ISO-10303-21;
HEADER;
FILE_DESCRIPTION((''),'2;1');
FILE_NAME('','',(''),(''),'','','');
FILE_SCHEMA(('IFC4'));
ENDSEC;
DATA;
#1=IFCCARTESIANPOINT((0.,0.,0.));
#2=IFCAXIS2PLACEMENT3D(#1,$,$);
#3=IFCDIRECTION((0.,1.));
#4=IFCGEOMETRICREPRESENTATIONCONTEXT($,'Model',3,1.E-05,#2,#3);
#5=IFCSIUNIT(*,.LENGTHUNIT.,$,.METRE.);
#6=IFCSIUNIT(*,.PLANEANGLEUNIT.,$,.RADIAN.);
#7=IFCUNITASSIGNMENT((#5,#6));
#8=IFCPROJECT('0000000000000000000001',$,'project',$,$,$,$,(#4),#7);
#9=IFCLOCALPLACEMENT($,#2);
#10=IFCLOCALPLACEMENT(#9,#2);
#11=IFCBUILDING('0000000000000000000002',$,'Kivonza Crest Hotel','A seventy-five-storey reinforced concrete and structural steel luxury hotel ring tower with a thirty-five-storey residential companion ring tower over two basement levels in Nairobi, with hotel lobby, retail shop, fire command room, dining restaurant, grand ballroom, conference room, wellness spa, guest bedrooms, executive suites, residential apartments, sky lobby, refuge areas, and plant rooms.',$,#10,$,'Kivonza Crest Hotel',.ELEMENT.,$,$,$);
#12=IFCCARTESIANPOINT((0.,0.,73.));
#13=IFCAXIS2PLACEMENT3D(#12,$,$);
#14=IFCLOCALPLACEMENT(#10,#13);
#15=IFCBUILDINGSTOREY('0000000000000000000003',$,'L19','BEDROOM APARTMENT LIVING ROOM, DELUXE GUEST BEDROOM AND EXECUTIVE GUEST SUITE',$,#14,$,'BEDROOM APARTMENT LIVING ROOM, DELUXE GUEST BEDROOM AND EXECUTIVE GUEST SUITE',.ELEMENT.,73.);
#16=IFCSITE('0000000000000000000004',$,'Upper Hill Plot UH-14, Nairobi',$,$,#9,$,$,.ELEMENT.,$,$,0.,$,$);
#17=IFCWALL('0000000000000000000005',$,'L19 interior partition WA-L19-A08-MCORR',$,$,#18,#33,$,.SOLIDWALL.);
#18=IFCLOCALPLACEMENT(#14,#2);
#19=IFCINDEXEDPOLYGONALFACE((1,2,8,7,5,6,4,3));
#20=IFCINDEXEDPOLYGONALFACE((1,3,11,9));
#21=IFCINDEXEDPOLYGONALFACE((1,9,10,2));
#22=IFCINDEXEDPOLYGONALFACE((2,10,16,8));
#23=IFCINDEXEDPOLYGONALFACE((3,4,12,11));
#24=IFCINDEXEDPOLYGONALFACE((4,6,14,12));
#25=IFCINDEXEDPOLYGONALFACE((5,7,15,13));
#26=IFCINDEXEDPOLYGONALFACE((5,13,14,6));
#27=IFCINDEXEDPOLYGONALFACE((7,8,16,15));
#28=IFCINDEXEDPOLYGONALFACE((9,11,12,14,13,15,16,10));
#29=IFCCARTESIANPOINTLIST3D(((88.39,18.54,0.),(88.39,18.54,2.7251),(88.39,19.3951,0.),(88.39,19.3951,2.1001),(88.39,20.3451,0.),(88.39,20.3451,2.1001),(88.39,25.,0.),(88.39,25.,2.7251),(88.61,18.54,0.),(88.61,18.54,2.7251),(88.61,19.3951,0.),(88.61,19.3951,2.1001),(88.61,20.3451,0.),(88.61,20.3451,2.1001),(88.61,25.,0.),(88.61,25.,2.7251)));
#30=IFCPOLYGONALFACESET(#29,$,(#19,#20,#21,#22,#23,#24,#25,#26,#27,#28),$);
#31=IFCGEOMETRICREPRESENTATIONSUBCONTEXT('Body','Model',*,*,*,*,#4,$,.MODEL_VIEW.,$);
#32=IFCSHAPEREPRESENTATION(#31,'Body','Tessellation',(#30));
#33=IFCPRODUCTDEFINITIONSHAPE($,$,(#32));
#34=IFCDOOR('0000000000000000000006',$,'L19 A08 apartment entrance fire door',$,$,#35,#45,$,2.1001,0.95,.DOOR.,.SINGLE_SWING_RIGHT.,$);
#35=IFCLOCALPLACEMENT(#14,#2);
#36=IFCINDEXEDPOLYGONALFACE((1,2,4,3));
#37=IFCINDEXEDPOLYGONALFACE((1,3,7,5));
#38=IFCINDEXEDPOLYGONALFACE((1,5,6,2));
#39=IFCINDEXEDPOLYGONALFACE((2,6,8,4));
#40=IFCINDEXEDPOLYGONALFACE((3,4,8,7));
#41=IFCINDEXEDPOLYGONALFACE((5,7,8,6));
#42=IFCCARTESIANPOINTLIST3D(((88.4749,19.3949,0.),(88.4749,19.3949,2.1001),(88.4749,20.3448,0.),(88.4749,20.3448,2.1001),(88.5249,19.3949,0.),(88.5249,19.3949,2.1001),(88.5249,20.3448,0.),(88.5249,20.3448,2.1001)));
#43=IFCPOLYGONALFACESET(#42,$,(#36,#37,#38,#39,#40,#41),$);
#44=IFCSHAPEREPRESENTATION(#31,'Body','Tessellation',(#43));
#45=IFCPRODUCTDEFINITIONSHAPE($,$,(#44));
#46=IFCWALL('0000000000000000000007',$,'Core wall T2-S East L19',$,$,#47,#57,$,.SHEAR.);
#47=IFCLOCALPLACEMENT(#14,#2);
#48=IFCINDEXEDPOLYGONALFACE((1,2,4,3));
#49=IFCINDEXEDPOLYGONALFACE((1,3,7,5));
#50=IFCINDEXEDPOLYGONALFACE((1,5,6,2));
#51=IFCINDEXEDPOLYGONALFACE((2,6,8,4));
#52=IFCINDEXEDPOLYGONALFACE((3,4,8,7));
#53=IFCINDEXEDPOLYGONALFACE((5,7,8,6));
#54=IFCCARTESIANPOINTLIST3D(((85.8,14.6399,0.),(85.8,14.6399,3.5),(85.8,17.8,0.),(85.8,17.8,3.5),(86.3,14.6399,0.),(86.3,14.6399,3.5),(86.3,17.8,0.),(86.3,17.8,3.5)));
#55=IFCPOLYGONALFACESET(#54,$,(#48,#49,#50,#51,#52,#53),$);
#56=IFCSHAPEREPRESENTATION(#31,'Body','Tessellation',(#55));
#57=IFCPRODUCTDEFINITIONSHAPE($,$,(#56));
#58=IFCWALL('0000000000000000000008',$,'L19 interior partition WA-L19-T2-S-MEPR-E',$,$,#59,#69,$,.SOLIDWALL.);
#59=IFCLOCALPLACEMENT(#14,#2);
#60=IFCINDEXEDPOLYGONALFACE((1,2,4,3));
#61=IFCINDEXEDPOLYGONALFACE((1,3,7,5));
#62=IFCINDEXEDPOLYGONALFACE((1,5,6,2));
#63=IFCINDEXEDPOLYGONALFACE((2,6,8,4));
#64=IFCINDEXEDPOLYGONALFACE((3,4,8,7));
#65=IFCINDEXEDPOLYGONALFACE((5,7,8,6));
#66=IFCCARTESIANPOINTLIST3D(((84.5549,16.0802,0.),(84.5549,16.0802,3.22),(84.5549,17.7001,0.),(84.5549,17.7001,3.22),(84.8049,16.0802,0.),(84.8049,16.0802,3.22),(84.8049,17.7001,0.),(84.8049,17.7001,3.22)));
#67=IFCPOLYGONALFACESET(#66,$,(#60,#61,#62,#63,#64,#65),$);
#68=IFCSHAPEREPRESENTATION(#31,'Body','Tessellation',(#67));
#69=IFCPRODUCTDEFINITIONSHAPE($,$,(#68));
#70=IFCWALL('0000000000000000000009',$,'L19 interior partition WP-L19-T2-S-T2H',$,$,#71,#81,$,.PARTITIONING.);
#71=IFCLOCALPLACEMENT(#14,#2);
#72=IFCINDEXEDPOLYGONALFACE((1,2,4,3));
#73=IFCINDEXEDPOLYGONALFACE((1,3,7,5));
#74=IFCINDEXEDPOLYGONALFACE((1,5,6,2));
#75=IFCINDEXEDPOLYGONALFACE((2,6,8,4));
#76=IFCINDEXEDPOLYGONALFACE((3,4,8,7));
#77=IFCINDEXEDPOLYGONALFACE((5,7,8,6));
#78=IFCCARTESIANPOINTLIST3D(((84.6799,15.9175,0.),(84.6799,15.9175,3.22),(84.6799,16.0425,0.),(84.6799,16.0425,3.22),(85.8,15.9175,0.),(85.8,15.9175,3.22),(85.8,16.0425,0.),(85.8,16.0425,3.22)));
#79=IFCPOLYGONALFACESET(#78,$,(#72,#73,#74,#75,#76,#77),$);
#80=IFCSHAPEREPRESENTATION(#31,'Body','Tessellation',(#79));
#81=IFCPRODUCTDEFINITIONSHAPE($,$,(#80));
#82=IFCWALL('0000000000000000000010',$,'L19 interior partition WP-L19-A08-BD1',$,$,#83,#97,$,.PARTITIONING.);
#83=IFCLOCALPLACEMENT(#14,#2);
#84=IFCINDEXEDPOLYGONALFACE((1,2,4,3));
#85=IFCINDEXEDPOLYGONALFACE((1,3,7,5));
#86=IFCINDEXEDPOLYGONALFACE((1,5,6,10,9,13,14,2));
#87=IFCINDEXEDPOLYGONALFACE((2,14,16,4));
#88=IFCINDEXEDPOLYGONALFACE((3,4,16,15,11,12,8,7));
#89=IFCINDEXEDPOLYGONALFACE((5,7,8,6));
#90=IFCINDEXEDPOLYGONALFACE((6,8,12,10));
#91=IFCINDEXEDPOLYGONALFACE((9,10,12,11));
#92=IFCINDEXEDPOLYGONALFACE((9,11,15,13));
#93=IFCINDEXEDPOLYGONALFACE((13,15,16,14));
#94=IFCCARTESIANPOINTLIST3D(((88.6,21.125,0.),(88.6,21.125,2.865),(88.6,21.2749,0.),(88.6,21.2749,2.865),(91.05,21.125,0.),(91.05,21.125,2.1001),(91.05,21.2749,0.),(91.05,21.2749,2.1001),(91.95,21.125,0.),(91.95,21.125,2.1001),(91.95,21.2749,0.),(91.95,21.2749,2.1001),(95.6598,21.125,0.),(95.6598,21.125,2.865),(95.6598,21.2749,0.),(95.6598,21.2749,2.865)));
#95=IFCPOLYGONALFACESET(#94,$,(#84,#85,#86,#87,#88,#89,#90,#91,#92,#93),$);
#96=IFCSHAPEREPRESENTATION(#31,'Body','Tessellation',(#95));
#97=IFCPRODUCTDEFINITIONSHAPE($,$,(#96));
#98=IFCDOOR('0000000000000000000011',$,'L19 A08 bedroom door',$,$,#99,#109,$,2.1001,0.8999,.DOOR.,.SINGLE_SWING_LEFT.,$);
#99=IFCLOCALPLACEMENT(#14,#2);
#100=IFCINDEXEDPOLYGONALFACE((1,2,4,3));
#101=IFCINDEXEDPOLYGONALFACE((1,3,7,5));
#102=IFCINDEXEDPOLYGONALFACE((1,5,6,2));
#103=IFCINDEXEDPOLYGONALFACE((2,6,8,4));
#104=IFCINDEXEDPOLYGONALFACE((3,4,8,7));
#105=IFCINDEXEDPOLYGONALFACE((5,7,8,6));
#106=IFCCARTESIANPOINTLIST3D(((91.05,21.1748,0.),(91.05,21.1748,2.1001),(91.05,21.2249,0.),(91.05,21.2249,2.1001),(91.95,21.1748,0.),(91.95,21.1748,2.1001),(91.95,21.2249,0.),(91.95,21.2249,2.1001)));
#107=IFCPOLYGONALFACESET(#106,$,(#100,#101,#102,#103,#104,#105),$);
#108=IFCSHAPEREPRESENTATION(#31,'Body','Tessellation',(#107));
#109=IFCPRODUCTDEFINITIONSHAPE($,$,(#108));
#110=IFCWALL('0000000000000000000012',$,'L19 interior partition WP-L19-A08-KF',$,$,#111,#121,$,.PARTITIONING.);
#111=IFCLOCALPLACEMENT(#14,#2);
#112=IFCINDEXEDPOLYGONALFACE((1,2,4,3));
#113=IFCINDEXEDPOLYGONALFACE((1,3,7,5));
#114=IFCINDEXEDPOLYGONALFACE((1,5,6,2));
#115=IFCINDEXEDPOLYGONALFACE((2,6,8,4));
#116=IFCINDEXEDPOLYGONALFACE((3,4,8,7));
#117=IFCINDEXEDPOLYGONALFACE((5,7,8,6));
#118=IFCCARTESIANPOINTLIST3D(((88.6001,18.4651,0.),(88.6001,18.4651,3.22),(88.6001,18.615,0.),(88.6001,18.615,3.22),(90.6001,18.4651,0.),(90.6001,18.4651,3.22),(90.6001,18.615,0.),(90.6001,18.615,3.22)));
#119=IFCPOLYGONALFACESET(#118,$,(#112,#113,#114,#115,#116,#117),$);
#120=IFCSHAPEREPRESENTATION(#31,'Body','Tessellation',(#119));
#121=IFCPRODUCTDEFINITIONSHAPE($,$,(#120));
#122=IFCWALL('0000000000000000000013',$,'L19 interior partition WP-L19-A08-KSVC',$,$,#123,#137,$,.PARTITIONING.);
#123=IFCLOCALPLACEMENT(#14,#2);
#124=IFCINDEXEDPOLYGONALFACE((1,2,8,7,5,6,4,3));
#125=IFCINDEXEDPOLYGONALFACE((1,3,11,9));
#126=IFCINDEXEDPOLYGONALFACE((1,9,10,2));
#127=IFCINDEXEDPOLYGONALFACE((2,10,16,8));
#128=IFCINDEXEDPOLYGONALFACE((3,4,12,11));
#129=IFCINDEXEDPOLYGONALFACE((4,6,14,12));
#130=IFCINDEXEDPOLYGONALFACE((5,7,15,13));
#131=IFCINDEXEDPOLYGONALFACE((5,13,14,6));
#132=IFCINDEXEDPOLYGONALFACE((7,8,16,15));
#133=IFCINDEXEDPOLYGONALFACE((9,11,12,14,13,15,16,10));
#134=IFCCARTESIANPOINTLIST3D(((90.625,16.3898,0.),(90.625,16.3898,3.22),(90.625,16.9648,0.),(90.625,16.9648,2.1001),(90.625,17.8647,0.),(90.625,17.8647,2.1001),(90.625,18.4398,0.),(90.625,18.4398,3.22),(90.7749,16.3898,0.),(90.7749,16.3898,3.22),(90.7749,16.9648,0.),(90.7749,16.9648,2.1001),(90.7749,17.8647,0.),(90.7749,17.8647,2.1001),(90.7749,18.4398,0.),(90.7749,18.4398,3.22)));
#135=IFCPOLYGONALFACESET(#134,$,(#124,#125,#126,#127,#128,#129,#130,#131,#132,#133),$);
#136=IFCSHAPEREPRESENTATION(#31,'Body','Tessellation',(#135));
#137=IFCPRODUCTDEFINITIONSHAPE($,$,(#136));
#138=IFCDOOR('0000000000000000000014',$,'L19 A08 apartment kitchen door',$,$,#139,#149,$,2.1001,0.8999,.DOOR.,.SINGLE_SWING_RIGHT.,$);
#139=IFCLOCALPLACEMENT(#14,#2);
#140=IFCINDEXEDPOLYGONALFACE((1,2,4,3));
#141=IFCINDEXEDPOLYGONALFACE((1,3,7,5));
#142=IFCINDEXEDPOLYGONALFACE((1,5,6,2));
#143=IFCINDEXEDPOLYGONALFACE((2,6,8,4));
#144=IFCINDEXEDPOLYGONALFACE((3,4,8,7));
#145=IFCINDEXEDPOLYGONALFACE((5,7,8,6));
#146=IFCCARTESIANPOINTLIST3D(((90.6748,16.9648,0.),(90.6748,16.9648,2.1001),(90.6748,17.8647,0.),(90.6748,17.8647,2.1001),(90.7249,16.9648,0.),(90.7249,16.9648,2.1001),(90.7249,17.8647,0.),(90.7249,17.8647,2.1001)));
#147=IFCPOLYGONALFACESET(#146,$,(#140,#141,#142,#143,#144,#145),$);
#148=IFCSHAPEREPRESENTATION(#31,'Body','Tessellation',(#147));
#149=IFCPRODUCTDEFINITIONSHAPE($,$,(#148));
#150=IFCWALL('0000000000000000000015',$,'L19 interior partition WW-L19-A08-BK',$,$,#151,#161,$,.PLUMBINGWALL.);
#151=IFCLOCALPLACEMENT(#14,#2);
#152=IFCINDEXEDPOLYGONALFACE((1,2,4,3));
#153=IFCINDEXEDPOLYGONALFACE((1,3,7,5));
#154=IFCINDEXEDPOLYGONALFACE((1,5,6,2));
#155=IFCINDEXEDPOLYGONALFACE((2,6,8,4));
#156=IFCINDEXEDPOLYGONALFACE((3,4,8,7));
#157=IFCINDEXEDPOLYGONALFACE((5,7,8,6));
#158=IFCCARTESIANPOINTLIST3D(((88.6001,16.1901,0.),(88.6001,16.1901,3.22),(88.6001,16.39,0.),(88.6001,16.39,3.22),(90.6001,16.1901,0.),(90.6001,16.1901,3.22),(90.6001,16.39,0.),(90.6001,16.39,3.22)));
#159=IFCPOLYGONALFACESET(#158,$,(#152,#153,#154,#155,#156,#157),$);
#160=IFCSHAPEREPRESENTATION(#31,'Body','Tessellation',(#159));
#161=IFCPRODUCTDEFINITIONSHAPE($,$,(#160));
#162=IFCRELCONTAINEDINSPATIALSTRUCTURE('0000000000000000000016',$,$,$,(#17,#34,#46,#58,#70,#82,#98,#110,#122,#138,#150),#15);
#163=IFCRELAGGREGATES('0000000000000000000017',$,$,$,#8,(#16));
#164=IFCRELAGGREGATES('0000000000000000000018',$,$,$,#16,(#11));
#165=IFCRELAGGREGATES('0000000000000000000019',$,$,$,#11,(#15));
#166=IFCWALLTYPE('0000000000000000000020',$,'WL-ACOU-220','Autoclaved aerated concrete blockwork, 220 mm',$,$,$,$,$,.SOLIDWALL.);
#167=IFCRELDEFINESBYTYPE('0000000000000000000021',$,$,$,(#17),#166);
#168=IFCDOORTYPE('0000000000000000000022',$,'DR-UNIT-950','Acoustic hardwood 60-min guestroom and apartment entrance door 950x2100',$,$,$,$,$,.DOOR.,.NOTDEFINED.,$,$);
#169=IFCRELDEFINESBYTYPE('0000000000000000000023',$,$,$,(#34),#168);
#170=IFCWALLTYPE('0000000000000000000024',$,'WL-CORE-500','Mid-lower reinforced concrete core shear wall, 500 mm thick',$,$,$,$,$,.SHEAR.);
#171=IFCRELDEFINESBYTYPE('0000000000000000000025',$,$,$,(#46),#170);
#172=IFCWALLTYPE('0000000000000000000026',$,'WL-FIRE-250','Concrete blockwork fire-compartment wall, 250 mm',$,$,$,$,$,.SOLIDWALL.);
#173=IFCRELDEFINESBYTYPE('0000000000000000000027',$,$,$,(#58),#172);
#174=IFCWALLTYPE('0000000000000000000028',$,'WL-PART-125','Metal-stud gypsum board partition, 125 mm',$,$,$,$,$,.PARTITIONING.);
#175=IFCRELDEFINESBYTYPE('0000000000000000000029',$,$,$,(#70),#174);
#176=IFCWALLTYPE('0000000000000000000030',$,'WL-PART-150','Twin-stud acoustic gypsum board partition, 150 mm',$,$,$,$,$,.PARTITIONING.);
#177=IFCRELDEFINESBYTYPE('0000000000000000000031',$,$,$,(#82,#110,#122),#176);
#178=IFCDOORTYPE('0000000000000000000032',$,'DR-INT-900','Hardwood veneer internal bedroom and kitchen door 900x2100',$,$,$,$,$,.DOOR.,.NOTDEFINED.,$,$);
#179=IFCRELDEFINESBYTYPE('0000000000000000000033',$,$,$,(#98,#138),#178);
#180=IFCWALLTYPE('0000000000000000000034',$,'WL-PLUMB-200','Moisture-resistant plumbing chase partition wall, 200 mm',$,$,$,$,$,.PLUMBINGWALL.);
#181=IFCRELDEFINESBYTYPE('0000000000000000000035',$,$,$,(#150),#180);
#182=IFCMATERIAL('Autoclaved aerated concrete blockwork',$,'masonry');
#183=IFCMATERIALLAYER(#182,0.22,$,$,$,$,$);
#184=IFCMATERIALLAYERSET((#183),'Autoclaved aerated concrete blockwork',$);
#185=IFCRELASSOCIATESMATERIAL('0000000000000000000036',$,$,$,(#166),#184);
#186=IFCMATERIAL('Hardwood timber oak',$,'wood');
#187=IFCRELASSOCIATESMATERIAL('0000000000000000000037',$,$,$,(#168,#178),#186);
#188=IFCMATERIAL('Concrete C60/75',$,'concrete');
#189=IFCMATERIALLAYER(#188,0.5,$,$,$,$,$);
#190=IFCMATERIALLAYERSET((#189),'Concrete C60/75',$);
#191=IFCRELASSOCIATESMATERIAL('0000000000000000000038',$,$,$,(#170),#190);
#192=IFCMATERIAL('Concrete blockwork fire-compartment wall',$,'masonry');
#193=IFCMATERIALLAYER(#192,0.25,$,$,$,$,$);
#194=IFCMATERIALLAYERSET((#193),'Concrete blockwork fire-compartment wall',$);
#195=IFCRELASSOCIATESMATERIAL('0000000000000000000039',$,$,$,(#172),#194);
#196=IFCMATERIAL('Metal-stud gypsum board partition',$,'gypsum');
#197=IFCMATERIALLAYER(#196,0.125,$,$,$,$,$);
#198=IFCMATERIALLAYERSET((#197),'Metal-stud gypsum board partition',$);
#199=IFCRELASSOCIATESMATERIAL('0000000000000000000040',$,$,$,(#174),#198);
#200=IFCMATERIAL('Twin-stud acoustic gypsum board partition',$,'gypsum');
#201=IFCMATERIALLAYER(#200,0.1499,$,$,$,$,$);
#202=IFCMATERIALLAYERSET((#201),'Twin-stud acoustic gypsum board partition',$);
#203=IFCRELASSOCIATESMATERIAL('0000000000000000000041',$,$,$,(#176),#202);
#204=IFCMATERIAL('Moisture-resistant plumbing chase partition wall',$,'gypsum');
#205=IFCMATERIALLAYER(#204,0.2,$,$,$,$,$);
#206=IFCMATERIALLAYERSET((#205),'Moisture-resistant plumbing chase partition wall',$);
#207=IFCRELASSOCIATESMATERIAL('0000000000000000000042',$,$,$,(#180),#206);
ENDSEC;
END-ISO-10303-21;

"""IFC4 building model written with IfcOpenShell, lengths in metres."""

from ifc_helpers import new_model, si_unit, direction, frame, frame_2d, origin, place, context, subcontext, project, spatial, rectangle, extrude, material, layer, layer_set, type_object, element, fill, save


model = new_model("IFC4")

# Units and contexts
model_context = context("Model", 3, precision=1e-05, world=origin(), true_north=direction((0.0, 1.0)))
body_context = subcontext(model_context, "Body", "Model", "MODEL_VIEW")
ifc_project = project(units=[si_unit("LENGTHUNIT", "METRE"), si_unit("PLANEANGLEUNIT", "RADIAN")], contexts=[model_context])

# Site, building, storey
site_placement = place(None, origin())
site = spatial("IfcSite", under=ifc_project, at=site_placement, Name="Upper Hill Plot UH-14, Nairobi", CompositionType="ELEMENT", RefElevation=0.0)
building_placement = place(site_placement, origin())
building = spatial("IfcBuilding", under=site, at=building_placement, Name="Kivonza Crest Hotel", Description="A seventy-five-storey reinforced concrete and structural steel luxury hotel ring tower with a thirty-five-storey residential companion ring tower over two basement levels in Nairobi, with hotel lobby, retail shop, fire command room, dining restaurant, grand ballroom, conference room, wellness spa, guest bedrooms, executive suites, residential apartments, sky lobby, refuge areas, and plant rooms.", LongName="Kivonza Crest Hotel", CompositionType="ELEMENT")
storey_placement = place(building_placement, frame((0.0, 0.0, 73.0)))
storey = spatial("IfcBuildingStorey", under=building, at=storey_placement, Name="L19", Description="BEDROOM APARTMENT LIVING ROOM, DELUXE GUEST BEDROOM AND EXECUTIVE GUEST SUITE", LongName="BEDROOM APARTMENT LIVING ROOM, DELUXE GUEST BEDROOM AND EXECUTIVE GUEST SUITE", CompositionType="ELEMENT", Elevation=73.0)

# Shared definitions
ifc_material_1 = material(Name="Autoclaved aerated concrete blockwork", Category="masonry")
ifc_layer_1 = layer(ifc_material_1, 0.22)
ifc_layer_set_1 = layer_set([ifc_layer_1], Name="Autoclaved aerated concrete blockwork")
wall_type_1 = type_object("IfcWallType", Name="WL-ACOU-220", Description="Autoclaved aerated concrete blockwork, 220 mm", PredefinedType="SOLIDWALL", material=ifc_layer_set_1)

# Wall, opening, door
wall_1_placement = place(storey_placement, frame((88.5, 18.54, 0.0), z_axis=(0.0, 0.0, 1.0), x_axis=(0.0, 1.0, 0.0)))
wall_1 = element("IfcWall", 1, at=wall_1_placement, inside=storey, type_object=wall_type_1, Name="L19 interior partition WA-L19-A08-MCORR", PredefinedType="SOLIDWALL", context=body_context, shape_type="SweptSolid", body=[
    extrude(rectangle(XDim=6.46, YDim=0.22, at=frame_2d((3.23, 0.0))), origin(), (0.0, 0.0, 1.0), 2.7251),
])
opening_1_placement = place(wall_1_placement, frame((0.855, 0.0, 0.0)))
opening_1 = element("IfcOpeningElement", 2, at=opening_1_placement, cuts=wall_1, PredefinedType="OPENING", context=body_context, shape_type="SweptSolid", body=[
    extrude(rectangle(XDim=0.95, YDim=2.1001, at=frame_2d((0.4751, 1.05))), frame((0.0, 0.1201, 0.0), z_axis=(0.0, -1.0, 0.0), x_axis=(1.0, 0.0, 0.0)), (0.0, 0.0, 1.0), 0.24),
])
ifc_material_2 = material(Name="Hardwood timber oak", Category="wood")
door_type_1 = type_object("IfcDoorType", Name="DR-UNIT-950", Description="Acoustic hardwood 60-min guestroom and apartment entrance door 950x2100", OperationType="NOTDEFINED", PredefinedType="DOOR", material=ifc_material_2)
door_1_placement = place(opening_1_placement, frame((0.95, 0.0, 0.0), z_axis=(0.0, 0.0, 1.0), x_axis=(-1.0, 0.0, 0.0)))
door_1 = element("IfcDoor", 3, at=door_1_placement, inside=storey, type_object=door_type_1, Name="L19 A08 apartment entrance fire door", OperationType="SINGLE_SWING_RIGHT", OverallHeight=2.1001, OverallWidth=0.95, PredefinedType="DOOR", context=body_context, shape_type="SweptSolid", body=[
    extrude(rectangle(XDim=0.95, YDim=2.1001, at=frame_2d((0.4751, 1.05))), frame((0.0, 0.0249, 0.0), z_axis=(0.0, -1.0, 0.0), x_axis=(1.0, 0.0, 0.0)), (0.0, 0.0, 1.0), 0.05),
])
fill(opening_1, door_1)

# Walls
ifc_material_3 = material(Name="Concrete C60/75", Category="concrete")
ifc_layer_2 = layer(ifc_material_3, 0.5)
ifc_layer_set_2 = layer_set([ifc_layer_2], Name="Concrete C60/75")
wall_type_2 = type_object("IfcWallType", Name="WL-CORE-500", Description="Mid-lower reinforced concrete core shear wall, 500 mm thick", PredefinedType="SHEAR", material=ifc_layer_set_2)
wall_2_placement = place(storey_placement, frame((86.05, 14.6399, 0.0), z_axis=(0.0, 0.0, 1.0), x_axis=(0.0, 1.0, 0.0)))
element("IfcWall", 4, at=wall_2_placement, inside=storey, type_object=wall_type_2, Name="Core wall T2-S East L19", PredefinedType="SHEAR", context=body_context, shape_type="SweptSolid", body=[
    extrude(rectangle(XDim=3.1602, YDim=0.5, at=frame_2d((1.5801, 0.0))), origin(), (0.0, 0.0, 1.0), 3.5),
])
ifc_material_4 = material(Name="Concrete blockwork fire-compartment wall", Category="masonry")
ifc_layer_3 = layer(ifc_material_4, 0.25)
ifc_layer_set_3 = layer_set([ifc_layer_3], Name="Concrete blockwork fire-compartment wall")
wall_type_3 = type_object("IfcWallType", Name="WL-FIRE-250", Description="Concrete blockwork fire-compartment wall, 250 mm", PredefinedType="SOLIDWALL", material=ifc_layer_set_3)
wall_3_placement = place(storey_placement, frame((84.6799, 16.0801, 0.0), z_axis=(0.0, 0.0, 1.0), x_axis=(0.0, 1.0, 0.0)))
element("IfcWall", 5, at=wall_3_placement, inside=storey, type_object=wall_type_3, Name="L19 interior partition WA-L19-T2-S-MEPR-E", PredefinedType="SOLIDWALL", context=body_context, shape_type="SweptSolid", body=[
    extrude(rectangle(XDim=1.6199, YDim=0.25, at=frame_2d((0.8101, 0.0))), origin(), (0.0, 0.0, 1.0), 3.22),
])
ifc_material_5 = material(Name="Metal-stud gypsum board partition", Category="gypsum")
ifc_layer_4 = layer(ifc_material_5, 0.125)
ifc_layer_set_4 = layer_set([ifc_layer_4], Name="Metal-stud gypsum board partition")
wall_type_4 = type_object("IfcWallType", Name="WL-PART-125", Description="Metal-stud gypsum board partition, 125 mm", PredefinedType="PARTITIONING", material=ifc_layer_set_4)
wall_4_placement = place(storey_placement, frame((84.6799, 15.98, 0.0), z_axis=(0.0, 0.0, 1.0), x_axis=(1.0, 0.0, 0.0)))
element("IfcWall", 6, at=wall_4_placement, inside=storey, type_object=wall_type_4, Name="L19 interior partition WP-L19-T2-S-T2H", PredefinedType="PARTITIONING", context=body_context, shape_type="SweptSolid", body=[
    extrude(rectangle(XDim=1.1201, YDim=0.125, at=frame_2d((0.5601, 0.0))), origin(), (0.0, 0.0, 1.0), 3.22),
])

# Wall, opening, door
ifc_material_6 = material(Name="Twin-stud acoustic gypsum board partition", Category="gypsum")
ifc_layer_5 = layer(ifc_material_6, 0.1499)
ifc_layer_set_5 = layer_set([ifc_layer_5], Name="Twin-stud acoustic gypsum board partition")
wall_type_5 = type_object("IfcWallType", Name="WL-PART-150", Description="Twin-stud acoustic gypsum board partition, 150 mm", PredefinedType="PARTITIONING", material=ifc_layer_set_5)
wall_5_placement = place(storey_placement, frame((88.6001, 21.2, 0.0), z_axis=(0.0, 0.0, 1.0), x_axis=(1.0, 0.0, 0.0)))
wall_5 = element("IfcWall", 7, at=wall_5_placement, inside=storey, type_object=wall_type_5, Name="L19 interior partition WP-L19-A08-BD1", PredefinedType="PARTITIONING", context=body_context, shape_type="SweptSolid", body=[
    extrude(rectangle(XDim=7.0598, YDim=0.1499, at=frame_2d((3.5298, 0.0))), origin(), (0.0, 0.0, 1.0), 2.865),
])
opening_2_placement = place(wall_5_placement, frame((2.45, 0.0, 0.0)))
opening_2 = element("IfcOpeningElement", 8, at=opening_2_placement, cuts=wall_5, PredefinedType="OPENING", context=body_context, shape_type="SweptSolid", body=[
    extrude(rectangle(XDim=0.8999, YDim=2.1001, at=frame_2d((0.45, 1.05))), frame((0.0, 0.085, 0.0), z_axis=(0.0, -1.0, 0.0), x_axis=(1.0, 0.0, 0.0)), (0.0, 0.0, 1.0), 0.1699),
])
door_type_2 = type_object("IfcDoorType", Name="DR-INT-900", Description="Hardwood veneer internal bedroom and kitchen door 900x2100", OperationType="NOTDEFINED", PredefinedType="DOOR", material=ifc_material_2)
door_2_placement = place(opening_2_placement, origin())
door_2 = element("IfcDoor", 9, at=door_2_placement, inside=storey, type_object=door_type_2, Name="L19 A08 bedroom door", OperationType="SINGLE_SWING_LEFT", OverallHeight=2.1001, OverallWidth=0.8999, PredefinedType="DOOR", context=body_context, shape_type="SweptSolid", body=[
    extrude(rectangle(XDim=0.8999, YDim=2.1001, at=frame_2d((0.45, 1.05))), frame((0.0, 0.0249, 0.0), z_axis=(0.0, -1.0, 0.0), x_axis=(1.0, 0.0, 0.0)), (0.0, 0.0, 1.0), 0.05),
])
fill(opening_2, door_2)

# Wall
wall_6_placement = place(storey_placement, frame((88.6001, 18.54, 0.0), z_axis=(0.0, 0.0, 1.0), x_axis=(1.0, 0.0, 0.0)))
element("IfcWall", 10, at=wall_6_placement, inside=storey, type_object=wall_type_5, Name="L19 interior partition WP-L19-A08-KF", PredefinedType="PARTITIONING", context=body_context, shape_type="SweptSolid", body=[
    extrude(rectangle(XDim=2.0, YDim=0.1499, at=frame_2d((1.0, 0.0))), origin(), (0.0, 0.0, 1.0), 3.22),
])

# Wall, opening, door
wall_7_placement = place(storey_placement, frame((90.7, 16.3899, 0.0), z_axis=(0.0, 0.0, 1.0), x_axis=(0.0, 1.0, 0.0)))
wall_7 = element("IfcWall", 11, at=wall_7_placement, inside=storey, type_object=wall_type_5, Name="L19 interior partition WP-L19-A08-KSVC", PredefinedType="PARTITIONING", context=body_context, shape_type="SweptSolid", body=[
    extrude(rectangle(XDim=2.05, YDim=0.1499, at=frame_2d((1.0249, 0.0))), origin(), (0.0, 0.0, 1.0), 3.22),
])
opening_3_placement = place(wall_7_placement, frame((0.575, 0.0, 0.0)))
opening_3 = element("IfcOpeningElement", 12, at=opening_3_placement, cuts=wall_7, PredefinedType="OPENING", context=body_context, shape_type="SweptSolid", body=[
    extrude(rectangle(XDim=0.8999, YDim=2.1001, at=frame_2d((0.45, 1.05))), frame((0.0, 0.085, 0.0), z_axis=(0.0, -1.0, 0.0), x_axis=(1.0, 0.0, 0.0)), (0.0, 0.0, 1.0), 0.1699),
])
door_3_placement = place(opening_3_placement, frame((0.8999, 0.0, 0.0), z_axis=(0.0, 0.0, 1.0), x_axis=(-1.0, 0.0, 0.0)))
door_3 = element("IfcDoor", 13, at=door_3_placement, inside=storey, type_object=door_type_2, Name="L19 A08 apartment kitchen door", OperationType="SINGLE_SWING_RIGHT", OverallHeight=2.1001, OverallWidth=0.8999, PredefinedType="DOOR", context=body_context, shape_type="SweptSolid", body=[
    extrude(rectangle(XDim=0.8999, YDim=2.1001, at=frame_2d((0.45, 1.05))), frame((0.0, 0.0249, 0.0), z_axis=(0.0, -1.0, 0.0), x_axis=(1.0, 0.0, 0.0)), (0.0, 0.0, 1.0), 0.05),
])
fill(opening_3, door_3)

# Wall
ifc_material_7 = material(Name="Moisture-resistant plumbing chase partition wall", Category="gypsum")
ifc_layer_6 = layer(ifc_material_7, 0.2)
ifc_layer_set_6 = layer_set([ifc_layer_6], Name="Moisture-resistant plumbing chase partition wall")
wall_type_6 = type_object("IfcWallType", Name="WL-PLUMB-200", Description="Moisture-resistant plumbing chase partition wall, 200 mm", PredefinedType="PLUMBINGWALL", material=ifc_layer_set_6)
wall_8_placement = place(storey_placement, frame((88.6001, 16.29, 0.0), z_axis=(0.0, 0.0, 1.0), x_axis=(1.0, 0.0, 0.0)))
element("IfcWall", 14, at=wall_8_placement, inside=storey, type_object=wall_type_6, Name="L19 interior partition WW-L19-A08-BK", PredefinedType="PLUMBINGWALL", context=body_context, shape_type="SweptSolid", body=[
    extrude(rectangle(XDim=2.0, YDim=0.2, at=frame_2d((1.0, 0.0))), origin(), (0.0, 0.0, 1.0), 3.22),
])

save(model, "model.ifc")
